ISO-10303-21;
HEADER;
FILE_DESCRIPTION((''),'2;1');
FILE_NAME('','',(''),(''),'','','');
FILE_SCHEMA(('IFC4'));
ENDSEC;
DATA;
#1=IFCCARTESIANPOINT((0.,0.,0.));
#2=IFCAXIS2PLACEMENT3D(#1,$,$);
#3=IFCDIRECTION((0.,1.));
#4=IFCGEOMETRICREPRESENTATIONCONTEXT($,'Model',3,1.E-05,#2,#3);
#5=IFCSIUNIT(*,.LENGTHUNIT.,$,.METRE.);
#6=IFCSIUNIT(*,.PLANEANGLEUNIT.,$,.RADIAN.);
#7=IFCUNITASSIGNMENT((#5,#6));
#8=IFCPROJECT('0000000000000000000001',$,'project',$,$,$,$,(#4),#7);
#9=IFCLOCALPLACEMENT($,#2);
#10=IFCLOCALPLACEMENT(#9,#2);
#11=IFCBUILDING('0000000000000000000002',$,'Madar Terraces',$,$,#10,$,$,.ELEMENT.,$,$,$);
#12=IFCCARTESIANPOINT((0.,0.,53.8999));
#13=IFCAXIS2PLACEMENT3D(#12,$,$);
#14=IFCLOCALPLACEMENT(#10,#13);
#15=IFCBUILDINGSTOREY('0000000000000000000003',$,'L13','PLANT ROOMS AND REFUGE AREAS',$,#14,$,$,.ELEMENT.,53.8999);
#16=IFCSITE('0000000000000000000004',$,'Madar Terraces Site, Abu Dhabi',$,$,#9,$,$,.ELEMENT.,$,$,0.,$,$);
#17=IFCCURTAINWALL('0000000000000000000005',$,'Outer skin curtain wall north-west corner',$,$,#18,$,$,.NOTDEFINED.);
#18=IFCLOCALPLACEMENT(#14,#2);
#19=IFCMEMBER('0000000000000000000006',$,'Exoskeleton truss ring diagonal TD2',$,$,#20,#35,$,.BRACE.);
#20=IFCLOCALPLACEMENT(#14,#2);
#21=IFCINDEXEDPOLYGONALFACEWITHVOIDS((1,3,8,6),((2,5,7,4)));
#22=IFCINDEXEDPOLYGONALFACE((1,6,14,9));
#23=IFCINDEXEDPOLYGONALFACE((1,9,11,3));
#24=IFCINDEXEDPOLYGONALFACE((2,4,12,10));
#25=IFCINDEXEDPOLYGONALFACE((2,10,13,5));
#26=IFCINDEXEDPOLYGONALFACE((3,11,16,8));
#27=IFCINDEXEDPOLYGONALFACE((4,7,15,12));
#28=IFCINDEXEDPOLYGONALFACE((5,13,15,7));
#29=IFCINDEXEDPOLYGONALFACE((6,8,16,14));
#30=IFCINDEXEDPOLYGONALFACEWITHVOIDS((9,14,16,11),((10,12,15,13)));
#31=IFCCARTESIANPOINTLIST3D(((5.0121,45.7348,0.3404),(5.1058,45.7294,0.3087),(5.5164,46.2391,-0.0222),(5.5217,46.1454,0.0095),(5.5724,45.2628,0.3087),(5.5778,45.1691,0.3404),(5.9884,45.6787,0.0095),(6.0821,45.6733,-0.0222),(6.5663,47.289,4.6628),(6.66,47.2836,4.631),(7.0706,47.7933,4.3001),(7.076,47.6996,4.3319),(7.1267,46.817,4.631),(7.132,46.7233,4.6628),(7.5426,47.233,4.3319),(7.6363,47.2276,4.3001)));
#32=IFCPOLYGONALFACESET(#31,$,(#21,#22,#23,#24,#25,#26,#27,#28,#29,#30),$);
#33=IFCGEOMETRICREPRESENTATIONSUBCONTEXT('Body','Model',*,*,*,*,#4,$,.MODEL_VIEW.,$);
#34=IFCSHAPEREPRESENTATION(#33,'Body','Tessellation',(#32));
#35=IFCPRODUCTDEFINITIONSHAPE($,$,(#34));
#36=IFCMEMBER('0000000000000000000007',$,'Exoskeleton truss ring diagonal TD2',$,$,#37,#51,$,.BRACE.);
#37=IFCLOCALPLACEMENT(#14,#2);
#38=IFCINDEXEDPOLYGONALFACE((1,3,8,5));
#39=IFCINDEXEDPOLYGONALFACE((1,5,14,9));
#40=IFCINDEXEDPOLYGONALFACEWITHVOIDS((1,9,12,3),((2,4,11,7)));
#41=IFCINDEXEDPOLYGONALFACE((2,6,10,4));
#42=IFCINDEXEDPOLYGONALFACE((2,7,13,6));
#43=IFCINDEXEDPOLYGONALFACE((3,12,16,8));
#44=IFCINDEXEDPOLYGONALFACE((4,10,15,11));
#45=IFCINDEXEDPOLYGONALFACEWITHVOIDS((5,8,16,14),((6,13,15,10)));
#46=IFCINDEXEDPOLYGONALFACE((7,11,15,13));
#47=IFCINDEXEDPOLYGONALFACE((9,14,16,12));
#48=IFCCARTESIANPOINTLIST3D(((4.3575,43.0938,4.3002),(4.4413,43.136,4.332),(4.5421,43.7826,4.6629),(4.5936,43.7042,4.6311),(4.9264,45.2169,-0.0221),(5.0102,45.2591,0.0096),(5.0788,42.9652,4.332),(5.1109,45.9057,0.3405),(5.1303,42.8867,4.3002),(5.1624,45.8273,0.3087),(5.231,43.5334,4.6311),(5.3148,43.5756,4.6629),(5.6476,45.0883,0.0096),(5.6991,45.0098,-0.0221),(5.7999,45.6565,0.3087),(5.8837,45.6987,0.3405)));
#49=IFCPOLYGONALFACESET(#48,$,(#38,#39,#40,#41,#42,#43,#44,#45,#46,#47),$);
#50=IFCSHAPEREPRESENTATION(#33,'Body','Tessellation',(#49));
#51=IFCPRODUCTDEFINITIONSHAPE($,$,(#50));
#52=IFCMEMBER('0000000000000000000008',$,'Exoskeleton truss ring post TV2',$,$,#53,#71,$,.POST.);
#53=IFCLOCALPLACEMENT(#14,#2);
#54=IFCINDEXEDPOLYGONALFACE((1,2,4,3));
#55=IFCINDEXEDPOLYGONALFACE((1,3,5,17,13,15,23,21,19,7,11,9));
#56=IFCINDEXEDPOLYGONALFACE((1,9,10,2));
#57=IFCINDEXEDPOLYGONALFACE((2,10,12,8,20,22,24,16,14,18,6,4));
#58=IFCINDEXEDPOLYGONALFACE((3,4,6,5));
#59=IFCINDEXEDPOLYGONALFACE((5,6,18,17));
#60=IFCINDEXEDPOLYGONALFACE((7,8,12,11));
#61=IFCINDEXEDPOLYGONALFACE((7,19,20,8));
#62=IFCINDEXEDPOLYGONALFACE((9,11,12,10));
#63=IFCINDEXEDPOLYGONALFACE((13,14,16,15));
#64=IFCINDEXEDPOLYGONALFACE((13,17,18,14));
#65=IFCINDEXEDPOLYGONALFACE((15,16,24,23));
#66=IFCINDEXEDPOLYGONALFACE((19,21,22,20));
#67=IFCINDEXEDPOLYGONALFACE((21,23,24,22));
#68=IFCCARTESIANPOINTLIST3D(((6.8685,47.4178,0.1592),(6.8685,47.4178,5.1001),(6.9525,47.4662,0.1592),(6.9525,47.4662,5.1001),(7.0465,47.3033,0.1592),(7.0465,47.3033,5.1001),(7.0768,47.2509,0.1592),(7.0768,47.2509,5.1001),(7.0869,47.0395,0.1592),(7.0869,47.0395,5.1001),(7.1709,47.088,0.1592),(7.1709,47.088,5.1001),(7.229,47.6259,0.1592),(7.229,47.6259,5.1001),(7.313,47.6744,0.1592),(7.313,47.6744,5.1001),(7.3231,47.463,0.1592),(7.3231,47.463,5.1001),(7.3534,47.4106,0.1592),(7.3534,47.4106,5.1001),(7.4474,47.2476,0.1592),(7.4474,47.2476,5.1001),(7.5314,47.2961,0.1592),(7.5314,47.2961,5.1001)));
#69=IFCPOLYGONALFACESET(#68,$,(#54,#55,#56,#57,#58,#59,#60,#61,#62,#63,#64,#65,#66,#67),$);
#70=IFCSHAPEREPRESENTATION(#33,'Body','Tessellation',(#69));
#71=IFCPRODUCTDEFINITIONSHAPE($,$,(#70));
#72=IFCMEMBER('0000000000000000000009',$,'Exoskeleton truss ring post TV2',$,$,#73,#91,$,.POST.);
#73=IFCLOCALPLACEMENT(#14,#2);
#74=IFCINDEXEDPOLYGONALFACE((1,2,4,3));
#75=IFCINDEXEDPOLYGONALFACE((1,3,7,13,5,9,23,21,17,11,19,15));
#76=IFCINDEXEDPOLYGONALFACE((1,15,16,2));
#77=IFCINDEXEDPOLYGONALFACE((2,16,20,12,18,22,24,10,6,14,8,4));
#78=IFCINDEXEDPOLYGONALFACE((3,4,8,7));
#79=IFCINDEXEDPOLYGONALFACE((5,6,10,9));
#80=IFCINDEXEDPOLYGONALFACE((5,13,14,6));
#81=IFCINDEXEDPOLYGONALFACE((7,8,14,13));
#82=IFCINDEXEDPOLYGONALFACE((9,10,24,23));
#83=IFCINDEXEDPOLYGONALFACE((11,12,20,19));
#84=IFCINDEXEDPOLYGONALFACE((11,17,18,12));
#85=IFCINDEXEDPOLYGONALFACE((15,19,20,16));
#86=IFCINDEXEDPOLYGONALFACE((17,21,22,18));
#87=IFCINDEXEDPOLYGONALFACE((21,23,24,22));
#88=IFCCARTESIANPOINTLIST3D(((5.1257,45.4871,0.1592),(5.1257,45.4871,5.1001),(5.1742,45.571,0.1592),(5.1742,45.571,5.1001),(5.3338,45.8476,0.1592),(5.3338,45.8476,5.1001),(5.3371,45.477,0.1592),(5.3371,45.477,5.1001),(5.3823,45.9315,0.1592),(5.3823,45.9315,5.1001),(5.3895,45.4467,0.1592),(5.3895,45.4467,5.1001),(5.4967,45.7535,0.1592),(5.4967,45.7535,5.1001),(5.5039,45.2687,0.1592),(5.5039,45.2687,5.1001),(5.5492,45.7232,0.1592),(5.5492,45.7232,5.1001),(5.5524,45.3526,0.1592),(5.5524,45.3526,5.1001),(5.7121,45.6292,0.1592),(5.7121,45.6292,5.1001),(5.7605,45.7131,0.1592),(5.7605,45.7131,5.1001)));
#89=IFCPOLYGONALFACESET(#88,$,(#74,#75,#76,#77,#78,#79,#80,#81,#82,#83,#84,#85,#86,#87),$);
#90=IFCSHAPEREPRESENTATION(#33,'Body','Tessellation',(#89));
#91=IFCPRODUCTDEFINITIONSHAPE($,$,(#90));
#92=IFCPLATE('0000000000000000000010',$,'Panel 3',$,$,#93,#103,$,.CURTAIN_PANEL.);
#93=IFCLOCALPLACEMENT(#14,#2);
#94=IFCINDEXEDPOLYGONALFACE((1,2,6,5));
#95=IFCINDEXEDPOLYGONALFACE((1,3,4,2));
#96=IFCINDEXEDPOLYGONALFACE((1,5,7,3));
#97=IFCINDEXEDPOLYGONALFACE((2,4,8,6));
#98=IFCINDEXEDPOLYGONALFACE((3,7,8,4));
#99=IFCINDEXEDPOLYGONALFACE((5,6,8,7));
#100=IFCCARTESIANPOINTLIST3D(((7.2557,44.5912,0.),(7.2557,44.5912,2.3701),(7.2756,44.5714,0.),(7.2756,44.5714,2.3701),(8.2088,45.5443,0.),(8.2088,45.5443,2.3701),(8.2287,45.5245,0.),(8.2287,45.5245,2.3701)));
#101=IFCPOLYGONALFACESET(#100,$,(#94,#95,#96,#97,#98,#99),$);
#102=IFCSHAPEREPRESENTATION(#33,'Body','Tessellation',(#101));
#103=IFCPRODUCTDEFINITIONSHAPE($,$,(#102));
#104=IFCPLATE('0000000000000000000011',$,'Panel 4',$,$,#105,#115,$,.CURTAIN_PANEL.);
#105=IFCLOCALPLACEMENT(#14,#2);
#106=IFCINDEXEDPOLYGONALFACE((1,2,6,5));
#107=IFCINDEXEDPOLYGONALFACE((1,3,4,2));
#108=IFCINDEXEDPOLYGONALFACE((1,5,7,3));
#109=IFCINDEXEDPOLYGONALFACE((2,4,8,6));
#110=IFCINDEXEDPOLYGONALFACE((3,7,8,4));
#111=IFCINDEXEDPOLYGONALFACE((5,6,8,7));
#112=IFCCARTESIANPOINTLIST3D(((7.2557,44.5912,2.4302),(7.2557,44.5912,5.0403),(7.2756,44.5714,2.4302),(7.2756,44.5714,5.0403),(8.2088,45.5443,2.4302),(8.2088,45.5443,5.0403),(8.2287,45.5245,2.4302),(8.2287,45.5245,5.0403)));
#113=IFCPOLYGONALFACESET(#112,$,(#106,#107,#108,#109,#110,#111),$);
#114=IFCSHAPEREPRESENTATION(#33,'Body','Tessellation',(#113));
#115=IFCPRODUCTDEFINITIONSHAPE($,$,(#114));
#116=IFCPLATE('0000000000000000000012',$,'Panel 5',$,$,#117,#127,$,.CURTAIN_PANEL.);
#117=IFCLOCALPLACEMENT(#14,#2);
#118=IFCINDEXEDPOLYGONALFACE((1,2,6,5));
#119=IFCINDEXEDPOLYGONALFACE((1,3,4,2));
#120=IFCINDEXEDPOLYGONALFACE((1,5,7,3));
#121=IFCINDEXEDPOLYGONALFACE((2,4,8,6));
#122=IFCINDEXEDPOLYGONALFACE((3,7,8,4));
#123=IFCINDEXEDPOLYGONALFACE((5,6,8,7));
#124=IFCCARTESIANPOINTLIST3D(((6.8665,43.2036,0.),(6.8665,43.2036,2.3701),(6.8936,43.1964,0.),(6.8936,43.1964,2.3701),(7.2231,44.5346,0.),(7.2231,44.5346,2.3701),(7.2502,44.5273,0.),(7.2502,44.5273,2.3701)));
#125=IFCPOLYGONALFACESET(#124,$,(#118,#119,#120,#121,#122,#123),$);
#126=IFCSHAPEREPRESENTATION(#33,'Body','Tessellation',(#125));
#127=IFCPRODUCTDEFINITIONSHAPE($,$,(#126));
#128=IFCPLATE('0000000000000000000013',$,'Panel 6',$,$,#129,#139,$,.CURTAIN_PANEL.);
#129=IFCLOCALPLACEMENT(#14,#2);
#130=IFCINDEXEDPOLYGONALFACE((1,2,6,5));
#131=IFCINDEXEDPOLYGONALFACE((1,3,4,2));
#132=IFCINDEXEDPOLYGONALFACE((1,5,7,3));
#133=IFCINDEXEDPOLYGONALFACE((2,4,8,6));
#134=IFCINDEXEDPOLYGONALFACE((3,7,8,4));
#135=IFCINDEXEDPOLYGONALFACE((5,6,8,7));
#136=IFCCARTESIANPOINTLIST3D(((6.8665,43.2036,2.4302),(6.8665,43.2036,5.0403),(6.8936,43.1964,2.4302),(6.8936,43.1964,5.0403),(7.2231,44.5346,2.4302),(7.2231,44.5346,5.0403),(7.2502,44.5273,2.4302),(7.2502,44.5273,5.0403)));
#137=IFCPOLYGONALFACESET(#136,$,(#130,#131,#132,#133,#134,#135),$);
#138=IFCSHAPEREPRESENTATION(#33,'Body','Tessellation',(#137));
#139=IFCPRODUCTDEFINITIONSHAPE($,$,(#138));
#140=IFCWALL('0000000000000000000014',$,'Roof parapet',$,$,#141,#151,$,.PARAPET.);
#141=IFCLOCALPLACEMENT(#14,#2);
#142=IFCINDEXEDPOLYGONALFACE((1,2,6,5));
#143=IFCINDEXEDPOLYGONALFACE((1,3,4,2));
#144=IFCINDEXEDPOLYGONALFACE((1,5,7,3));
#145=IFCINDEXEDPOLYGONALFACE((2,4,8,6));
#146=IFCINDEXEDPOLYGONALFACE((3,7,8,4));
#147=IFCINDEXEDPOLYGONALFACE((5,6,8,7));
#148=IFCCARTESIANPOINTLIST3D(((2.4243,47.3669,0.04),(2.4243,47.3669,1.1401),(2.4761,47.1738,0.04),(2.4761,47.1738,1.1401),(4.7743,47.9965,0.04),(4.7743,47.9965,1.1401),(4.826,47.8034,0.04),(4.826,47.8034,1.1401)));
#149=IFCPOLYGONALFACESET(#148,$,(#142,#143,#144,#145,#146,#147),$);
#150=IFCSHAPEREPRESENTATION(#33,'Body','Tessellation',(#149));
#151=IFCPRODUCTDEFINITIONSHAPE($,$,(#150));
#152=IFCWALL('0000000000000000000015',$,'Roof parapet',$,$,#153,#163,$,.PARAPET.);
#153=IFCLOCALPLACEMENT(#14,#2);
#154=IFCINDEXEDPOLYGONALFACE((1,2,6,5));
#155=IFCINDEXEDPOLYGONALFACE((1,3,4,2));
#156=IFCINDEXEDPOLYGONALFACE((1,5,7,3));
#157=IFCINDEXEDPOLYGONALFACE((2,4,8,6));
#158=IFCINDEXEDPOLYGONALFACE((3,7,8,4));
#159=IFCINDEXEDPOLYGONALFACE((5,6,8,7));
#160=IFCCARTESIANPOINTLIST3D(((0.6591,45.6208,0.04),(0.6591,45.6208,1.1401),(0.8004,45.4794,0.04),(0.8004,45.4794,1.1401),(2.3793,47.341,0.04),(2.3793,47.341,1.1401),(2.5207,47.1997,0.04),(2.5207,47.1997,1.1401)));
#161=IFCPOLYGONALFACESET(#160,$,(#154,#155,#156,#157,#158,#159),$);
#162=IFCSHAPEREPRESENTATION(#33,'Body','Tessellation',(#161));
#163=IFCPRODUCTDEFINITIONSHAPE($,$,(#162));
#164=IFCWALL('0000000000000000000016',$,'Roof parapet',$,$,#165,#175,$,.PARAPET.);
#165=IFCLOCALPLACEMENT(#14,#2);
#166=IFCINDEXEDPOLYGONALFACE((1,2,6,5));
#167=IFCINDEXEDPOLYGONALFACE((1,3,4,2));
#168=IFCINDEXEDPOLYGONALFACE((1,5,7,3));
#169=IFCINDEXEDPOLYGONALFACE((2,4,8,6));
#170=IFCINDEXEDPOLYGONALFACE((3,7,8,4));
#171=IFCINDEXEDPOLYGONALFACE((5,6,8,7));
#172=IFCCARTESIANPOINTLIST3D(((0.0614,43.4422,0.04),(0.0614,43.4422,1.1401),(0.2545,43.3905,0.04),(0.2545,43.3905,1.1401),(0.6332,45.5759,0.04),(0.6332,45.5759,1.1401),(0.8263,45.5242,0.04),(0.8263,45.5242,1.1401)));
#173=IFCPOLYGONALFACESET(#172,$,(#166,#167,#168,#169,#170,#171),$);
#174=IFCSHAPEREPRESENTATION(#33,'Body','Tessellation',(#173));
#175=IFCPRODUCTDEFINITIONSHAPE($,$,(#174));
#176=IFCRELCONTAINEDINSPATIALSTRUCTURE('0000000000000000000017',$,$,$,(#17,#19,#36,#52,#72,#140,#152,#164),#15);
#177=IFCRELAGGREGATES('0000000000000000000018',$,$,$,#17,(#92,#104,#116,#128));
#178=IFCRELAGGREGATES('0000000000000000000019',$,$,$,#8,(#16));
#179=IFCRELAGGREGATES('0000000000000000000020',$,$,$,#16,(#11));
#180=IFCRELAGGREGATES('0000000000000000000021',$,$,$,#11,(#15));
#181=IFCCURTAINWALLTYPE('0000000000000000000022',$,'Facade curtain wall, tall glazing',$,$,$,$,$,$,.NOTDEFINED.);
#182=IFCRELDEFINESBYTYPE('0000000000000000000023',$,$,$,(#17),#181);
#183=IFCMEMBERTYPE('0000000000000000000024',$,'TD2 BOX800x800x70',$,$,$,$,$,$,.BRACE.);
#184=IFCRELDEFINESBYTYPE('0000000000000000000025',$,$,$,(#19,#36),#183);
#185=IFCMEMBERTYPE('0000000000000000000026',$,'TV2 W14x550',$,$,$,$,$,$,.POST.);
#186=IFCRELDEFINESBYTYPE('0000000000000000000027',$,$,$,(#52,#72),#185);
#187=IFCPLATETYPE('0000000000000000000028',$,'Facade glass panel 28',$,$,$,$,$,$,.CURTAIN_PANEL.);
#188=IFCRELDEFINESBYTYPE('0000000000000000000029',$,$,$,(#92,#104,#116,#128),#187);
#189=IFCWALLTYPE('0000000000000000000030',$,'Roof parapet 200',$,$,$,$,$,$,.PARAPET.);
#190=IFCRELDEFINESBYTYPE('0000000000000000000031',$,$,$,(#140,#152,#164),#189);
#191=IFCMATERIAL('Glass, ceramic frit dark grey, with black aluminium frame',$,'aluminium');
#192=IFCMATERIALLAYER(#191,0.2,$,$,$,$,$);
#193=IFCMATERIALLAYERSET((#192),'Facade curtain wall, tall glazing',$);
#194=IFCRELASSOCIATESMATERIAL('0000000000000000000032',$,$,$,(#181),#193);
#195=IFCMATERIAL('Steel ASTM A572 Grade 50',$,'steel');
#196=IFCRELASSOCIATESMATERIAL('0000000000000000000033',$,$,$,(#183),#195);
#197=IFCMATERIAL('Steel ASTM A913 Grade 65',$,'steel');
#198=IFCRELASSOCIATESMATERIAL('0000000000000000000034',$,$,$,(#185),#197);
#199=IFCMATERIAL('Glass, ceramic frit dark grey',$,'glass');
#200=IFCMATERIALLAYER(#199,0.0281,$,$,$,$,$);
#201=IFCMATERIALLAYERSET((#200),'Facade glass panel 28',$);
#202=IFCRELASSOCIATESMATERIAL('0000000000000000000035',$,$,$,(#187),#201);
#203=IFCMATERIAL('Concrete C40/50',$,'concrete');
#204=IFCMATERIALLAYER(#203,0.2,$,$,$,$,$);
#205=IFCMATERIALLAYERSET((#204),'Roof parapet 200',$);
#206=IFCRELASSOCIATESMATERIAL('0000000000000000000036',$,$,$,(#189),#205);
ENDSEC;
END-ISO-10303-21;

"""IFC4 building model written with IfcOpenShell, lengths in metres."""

from ifc_helpers import new_model, si_unit, direction, frame, frame_2d, origin, origin_2d, place, context, subcontext, project, spatial, rectangle, hollow_rectangle, i_section, extrude, material, layer, layer_set, material_profile, profile_set, type_object, element, aggregate, save


model = new_model("IFC4")

# Units and contexts
model_context = context("Model", 3, precision=1e-05, world=origin(), true_north=direction((0.0, 1.0)))
body_context = subcontext(model_context, "Body", "Model", "MODEL_VIEW")
ifc_project = project(units=[si_unit("LENGTHUNIT", "METRE"), si_unit("PLANEANGLEUNIT", "RADIAN")], contexts=[model_context])

# Site, building, storey
site_placement = place(None, origin())
site = spatial("IfcSite", under=ifc_project, at=site_placement, Name="Madar Terraces Site, Abu Dhabi", CompositionType="ELEMENT", RefElevation=0.0)
building_placement = place(site_placement, origin())
building = spatial("IfcBuilding", under=site, at=building_placement, Name="Madar Terraces", CompositionType="ELEMENT")
storey_placement = place(building_placement, frame((0.0, 0.0, 53.8999)))
storey = spatial("IfcBuildingStorey", under=building, at=storey_placement, Name="L13", Description="PLANT ROOMS AND REFUGE AREAS", CompositionType="ELEMENT", Elevation=53.8999)

# Curtain wall
ifc_material_1 = material(Name="Glass, ceramic frit dark grey, with black aluminium frame", Category="aluminium")
ifc_layer_1 = layer(ifc_material_1, 0.2)
ifc_layer_set_1 = layer_set([ifc_layer_1], Name="Facade curtain wall, tall glazing")
curtain_wall_type = type_object("IfcCurtainWallType", Name="Facade curtain wall, tall glazing", PredefinedType="NOTDEFINED", material=ifc_layer_set_1)
curtain_wall_placement = place(storey_placement, origin())
curtain_wall = element("IfcCurtainWall", 1, at=curtain_wall_placement, inside=storey, type_object=curtain_wall_type, Name="Outer skin curtain wall north-west corner", PredefinedType="NOTDEFINED")

# Members
ifc_material_2 = material(Name="Steel ASTM A572 Grade 50", Category="steel")
ifc_material_profile_1 = material_profile(ifc_material_2, hollow_rectangle(XDim=0.8, YDim=0.8, WallThickness=0.0701, at=origin_2d()), Name="BOX800x800x70")
ifc_profile_set_1 = profile_set([ifc_material_profile_1], Name="Steel ASTM A572 Grade 50")
member_type_1 = type_object("IfcMemberType", Name="TD2 BOX800x800x70", PredefinedType="BRACE", material=ifc_profile_set_1)
for number, where, z_axis, x_axis, name in (
    (2, (7.1013, 47.2583, 4.4814), (-0.320518, -0.320518, -0.891368), (0.707107, -0.707107, 0.0), "Exoskeleton truss ring diagonal TD2"),
    (3, (5.405, 45.4578, 0.1592), (-0.117312, -0.437831, 0.891371), (0.965928, -0.25881, 0.0), "Exoskeleton truss ring diagonal TD2"),
):
    element("IfcMember", number, at=place(storey_placement, frame(where, z_axis=z_axis, x_axis=x_axis)), inside=storey, type_object=member_type_1, Name=name, PredefinedType="BRACE", context=body_context, shape_type="SweptSolid", body=[
        extrude(hollow_rectangle(XDim=0.8, YDim=0.8, WallThickness=0.0701, at=origin_2d()), origin(), (0.0, 0.0, 1.0), 4.8491),
    ])
ifc_material_3 = material(Name="Steel ASTM A913 Grade 65", Category="steel")
ifc_material_profile_2 = material_profile(ifc_material_3, i_section(OverallWidth=0.4368, OverallDepth=0.5132, WebThickness=0.0605, FlangeThickness=0.0969, at=origin_2d()), Name="W14x550")
ifc_profile_set_2 = profile_set([ifc_material_profile_2], Name="Steel ASTM A913 Grade 65")
member_type_2 = type_object("IfcMemberType", Name="TV2 W14x550", PredefinedType="POST", material=ifc_profile_set_2)
for number, where, z_axis, x_axis, name in (
    (4, (7.2, 47.3569, 0.1592), (0.0, 0.0, 1.0), (0.5, -0.866025, 0.0), "Exoskeleton truss ring post TV2"),
    (5, (5.4431, 45.6001, 0.1592), (0.0, 0.0, 1.0), (0.866025, -0.5, 0.0), "Exoskeleton truss ring post TV2"),
):
    element("IfcMember", number, at=place(storey_placement, frame(where, z_axis=z_axis, x_axis=x_axis)), inside=storey, type_object=member_type_2, Name=name, PredefinedType="POST", context=body_context, shape_type="SweptSolid", body=[
        extrude(i_section(OverallWidth=0.4368, OverallDepth=0.5132, WebThickness=0.0605, FlangeThickness=0.0969, at=origin_2d()), origin(), (0.0, 0.0, 1.0), 4.9409),
    ])

# Plates
ifc_material_4 = material(Name="Glass, ceramic frit dark grey", Category="glass")
ifc_layer_2 = layer(ifc_material_4, 0.0281)
ifc_layer_set_2 = layer_set([ifc_layer_2], Name="Facade glass panel 28")
plate_type = type_object("IfcPlateType", Name="Facade glass panel 28", PredefinedType="CURTAIN_PANEL", material=ifc_layer_set_2)
plate_1_placement = place(storey_placement, frame((7.7422, 45.0579, 0.0), z_axis=(0.0, 0.0, 1.0), x_axis=(-0.707107, -0.707107, 0.0)))
plate_1 = element("IfcPlate", 6, at=plate_1_placement, type_object=plate_type, Name="Panel 3", PredefinedType="CURTAIN_PANEL", context=body_context, shape_type="SweptSolid", body=[
    extrude(rectangle(XDim=1.3479, YDim=0.0281, at=origin_2d()), origin(), (0.0, 0.0, 1.0), 2.3701),
])
plate_2_placement = place(storey_placement, frame((7.7422, 45.0579, 2.4302), z_axis=(0.0, 0.0, 1.0), x_axis=(-0.707107, -0.707107, 0.0)))
plate_2 = element("IfcPlate", 7, at=plate_2_placement, type_object=plate_type, Name="Panel 4", PredefinedType="CURTAIN_PANEL", context=body_context, shape_type="SweptSolid", body=[
    extrude(rectangle(XDim=1.3479, YDim=0.0281, at=origin_2d()), origin(), (0.0, 0.0, 1.0), 2.6101),
])
plate_3_placement = place(storey_placement, frame((7.0583, 43.8655, 0.0), z_axis=(0.0, 0.0, 1.0), x_axis=(-0.258819, -0.965926, 0.0)))
plate_3 = element("IfcPlate", 8, at=plate_3_placement, type_object=plate_type, Name="Panel 5", PredefinedType="CURTAIN_PANEL", context=body_context, shape_type="SweptSolid", body=[
    extrude(rectangle(XDim=1.3779, YDim=0.0281, at=origin_2d()), origin(), (0.0, 0.0, 1.0), 2.3701),
])
plate_4_placement = place(storey_placement, frame((7.0583, 43.8655, 2.4302), z_axis=(0.0, 0.0, 1.0), x_axis=(-0.258819, -0.965926, 0.0)))
plate_4 = element("IfcPlate", 9, at=plate_4_placement, type_object=plate_type, Name="Panel 6", PredefinedType="CURTAIN_PANEL", context=body_context, shape_type="SweptSolid", body=[
    extrude(rectangle(XDim=1.3779, YDim=0.0281, at=origin_2d()), origin(), (0.0, 0.0, 1.0), 2.6101),
])
aggregate(curtain_wall, [plate_1, plate_2, plate_3, plate_4])

# Walls
ifc_material_5 = material(Name="Concrete C40/50", Category="concrete")
ifc_layer_3 = layer(ifc_material_5, 0.2)
ifc_layer_set_3 = layer_set([ifc_layer_3], Name="Roof parapet 200")
wall_type = type_object("IfcWallType", Name="Roof parapet 200", PredefinedType="PARAPET", material=ifc_layer_set_3)
for number, where, z_axis, x_axis, name in (
    (10, (4.8, 47.8999, 0.04), (0.0, 0.0, 1.0), (-0.965933, -0.258793, 0.0), "Roof parapet"),
    (11, (2.45, 47.2703, 0.04), (0.0, 0.0, 1.0), (-0.707107, -0.707107, 0.0), "Roof parapet"),
):
    element("IfcWall", number, at=place(storey_placement, frame(where, z_axis=z_axis, x_axis=x_axis)), inside=storey, type_object=wall_type, Name=name, PredefinedType="PARAPET", context=body_context, shape_type="SweptSolid", body=[
        extrude(rectangle(XDim=2.4329, YDim=0.2, at=frame_2d((1.2163, 0.0))), origin(), (0.0, 0.0, 1.0), 1.1001),
    ])
wall_placement = place(storey_placement, frame((0.7297, 45.55, 0.04), z_axis=(0.0, 0.0, 1.0), x_axis=(-0.258832, -0.965922, 0.0)))
element("IfcWall", 12, at=wall_placement, inside=storey, type_object=wall_type, Name="Roof parapet", PredefinedType="PARAPET", context=body_context, shape_type="SweptSolid", body=[
    extrude(rectangle(XDim=2.209, YDim=0.2, at=frame_2d((1.1045, 0.0))), origin(), (0.0, 0.0, 1.0), 1.1001),
])

save(model, "model.ifc")
